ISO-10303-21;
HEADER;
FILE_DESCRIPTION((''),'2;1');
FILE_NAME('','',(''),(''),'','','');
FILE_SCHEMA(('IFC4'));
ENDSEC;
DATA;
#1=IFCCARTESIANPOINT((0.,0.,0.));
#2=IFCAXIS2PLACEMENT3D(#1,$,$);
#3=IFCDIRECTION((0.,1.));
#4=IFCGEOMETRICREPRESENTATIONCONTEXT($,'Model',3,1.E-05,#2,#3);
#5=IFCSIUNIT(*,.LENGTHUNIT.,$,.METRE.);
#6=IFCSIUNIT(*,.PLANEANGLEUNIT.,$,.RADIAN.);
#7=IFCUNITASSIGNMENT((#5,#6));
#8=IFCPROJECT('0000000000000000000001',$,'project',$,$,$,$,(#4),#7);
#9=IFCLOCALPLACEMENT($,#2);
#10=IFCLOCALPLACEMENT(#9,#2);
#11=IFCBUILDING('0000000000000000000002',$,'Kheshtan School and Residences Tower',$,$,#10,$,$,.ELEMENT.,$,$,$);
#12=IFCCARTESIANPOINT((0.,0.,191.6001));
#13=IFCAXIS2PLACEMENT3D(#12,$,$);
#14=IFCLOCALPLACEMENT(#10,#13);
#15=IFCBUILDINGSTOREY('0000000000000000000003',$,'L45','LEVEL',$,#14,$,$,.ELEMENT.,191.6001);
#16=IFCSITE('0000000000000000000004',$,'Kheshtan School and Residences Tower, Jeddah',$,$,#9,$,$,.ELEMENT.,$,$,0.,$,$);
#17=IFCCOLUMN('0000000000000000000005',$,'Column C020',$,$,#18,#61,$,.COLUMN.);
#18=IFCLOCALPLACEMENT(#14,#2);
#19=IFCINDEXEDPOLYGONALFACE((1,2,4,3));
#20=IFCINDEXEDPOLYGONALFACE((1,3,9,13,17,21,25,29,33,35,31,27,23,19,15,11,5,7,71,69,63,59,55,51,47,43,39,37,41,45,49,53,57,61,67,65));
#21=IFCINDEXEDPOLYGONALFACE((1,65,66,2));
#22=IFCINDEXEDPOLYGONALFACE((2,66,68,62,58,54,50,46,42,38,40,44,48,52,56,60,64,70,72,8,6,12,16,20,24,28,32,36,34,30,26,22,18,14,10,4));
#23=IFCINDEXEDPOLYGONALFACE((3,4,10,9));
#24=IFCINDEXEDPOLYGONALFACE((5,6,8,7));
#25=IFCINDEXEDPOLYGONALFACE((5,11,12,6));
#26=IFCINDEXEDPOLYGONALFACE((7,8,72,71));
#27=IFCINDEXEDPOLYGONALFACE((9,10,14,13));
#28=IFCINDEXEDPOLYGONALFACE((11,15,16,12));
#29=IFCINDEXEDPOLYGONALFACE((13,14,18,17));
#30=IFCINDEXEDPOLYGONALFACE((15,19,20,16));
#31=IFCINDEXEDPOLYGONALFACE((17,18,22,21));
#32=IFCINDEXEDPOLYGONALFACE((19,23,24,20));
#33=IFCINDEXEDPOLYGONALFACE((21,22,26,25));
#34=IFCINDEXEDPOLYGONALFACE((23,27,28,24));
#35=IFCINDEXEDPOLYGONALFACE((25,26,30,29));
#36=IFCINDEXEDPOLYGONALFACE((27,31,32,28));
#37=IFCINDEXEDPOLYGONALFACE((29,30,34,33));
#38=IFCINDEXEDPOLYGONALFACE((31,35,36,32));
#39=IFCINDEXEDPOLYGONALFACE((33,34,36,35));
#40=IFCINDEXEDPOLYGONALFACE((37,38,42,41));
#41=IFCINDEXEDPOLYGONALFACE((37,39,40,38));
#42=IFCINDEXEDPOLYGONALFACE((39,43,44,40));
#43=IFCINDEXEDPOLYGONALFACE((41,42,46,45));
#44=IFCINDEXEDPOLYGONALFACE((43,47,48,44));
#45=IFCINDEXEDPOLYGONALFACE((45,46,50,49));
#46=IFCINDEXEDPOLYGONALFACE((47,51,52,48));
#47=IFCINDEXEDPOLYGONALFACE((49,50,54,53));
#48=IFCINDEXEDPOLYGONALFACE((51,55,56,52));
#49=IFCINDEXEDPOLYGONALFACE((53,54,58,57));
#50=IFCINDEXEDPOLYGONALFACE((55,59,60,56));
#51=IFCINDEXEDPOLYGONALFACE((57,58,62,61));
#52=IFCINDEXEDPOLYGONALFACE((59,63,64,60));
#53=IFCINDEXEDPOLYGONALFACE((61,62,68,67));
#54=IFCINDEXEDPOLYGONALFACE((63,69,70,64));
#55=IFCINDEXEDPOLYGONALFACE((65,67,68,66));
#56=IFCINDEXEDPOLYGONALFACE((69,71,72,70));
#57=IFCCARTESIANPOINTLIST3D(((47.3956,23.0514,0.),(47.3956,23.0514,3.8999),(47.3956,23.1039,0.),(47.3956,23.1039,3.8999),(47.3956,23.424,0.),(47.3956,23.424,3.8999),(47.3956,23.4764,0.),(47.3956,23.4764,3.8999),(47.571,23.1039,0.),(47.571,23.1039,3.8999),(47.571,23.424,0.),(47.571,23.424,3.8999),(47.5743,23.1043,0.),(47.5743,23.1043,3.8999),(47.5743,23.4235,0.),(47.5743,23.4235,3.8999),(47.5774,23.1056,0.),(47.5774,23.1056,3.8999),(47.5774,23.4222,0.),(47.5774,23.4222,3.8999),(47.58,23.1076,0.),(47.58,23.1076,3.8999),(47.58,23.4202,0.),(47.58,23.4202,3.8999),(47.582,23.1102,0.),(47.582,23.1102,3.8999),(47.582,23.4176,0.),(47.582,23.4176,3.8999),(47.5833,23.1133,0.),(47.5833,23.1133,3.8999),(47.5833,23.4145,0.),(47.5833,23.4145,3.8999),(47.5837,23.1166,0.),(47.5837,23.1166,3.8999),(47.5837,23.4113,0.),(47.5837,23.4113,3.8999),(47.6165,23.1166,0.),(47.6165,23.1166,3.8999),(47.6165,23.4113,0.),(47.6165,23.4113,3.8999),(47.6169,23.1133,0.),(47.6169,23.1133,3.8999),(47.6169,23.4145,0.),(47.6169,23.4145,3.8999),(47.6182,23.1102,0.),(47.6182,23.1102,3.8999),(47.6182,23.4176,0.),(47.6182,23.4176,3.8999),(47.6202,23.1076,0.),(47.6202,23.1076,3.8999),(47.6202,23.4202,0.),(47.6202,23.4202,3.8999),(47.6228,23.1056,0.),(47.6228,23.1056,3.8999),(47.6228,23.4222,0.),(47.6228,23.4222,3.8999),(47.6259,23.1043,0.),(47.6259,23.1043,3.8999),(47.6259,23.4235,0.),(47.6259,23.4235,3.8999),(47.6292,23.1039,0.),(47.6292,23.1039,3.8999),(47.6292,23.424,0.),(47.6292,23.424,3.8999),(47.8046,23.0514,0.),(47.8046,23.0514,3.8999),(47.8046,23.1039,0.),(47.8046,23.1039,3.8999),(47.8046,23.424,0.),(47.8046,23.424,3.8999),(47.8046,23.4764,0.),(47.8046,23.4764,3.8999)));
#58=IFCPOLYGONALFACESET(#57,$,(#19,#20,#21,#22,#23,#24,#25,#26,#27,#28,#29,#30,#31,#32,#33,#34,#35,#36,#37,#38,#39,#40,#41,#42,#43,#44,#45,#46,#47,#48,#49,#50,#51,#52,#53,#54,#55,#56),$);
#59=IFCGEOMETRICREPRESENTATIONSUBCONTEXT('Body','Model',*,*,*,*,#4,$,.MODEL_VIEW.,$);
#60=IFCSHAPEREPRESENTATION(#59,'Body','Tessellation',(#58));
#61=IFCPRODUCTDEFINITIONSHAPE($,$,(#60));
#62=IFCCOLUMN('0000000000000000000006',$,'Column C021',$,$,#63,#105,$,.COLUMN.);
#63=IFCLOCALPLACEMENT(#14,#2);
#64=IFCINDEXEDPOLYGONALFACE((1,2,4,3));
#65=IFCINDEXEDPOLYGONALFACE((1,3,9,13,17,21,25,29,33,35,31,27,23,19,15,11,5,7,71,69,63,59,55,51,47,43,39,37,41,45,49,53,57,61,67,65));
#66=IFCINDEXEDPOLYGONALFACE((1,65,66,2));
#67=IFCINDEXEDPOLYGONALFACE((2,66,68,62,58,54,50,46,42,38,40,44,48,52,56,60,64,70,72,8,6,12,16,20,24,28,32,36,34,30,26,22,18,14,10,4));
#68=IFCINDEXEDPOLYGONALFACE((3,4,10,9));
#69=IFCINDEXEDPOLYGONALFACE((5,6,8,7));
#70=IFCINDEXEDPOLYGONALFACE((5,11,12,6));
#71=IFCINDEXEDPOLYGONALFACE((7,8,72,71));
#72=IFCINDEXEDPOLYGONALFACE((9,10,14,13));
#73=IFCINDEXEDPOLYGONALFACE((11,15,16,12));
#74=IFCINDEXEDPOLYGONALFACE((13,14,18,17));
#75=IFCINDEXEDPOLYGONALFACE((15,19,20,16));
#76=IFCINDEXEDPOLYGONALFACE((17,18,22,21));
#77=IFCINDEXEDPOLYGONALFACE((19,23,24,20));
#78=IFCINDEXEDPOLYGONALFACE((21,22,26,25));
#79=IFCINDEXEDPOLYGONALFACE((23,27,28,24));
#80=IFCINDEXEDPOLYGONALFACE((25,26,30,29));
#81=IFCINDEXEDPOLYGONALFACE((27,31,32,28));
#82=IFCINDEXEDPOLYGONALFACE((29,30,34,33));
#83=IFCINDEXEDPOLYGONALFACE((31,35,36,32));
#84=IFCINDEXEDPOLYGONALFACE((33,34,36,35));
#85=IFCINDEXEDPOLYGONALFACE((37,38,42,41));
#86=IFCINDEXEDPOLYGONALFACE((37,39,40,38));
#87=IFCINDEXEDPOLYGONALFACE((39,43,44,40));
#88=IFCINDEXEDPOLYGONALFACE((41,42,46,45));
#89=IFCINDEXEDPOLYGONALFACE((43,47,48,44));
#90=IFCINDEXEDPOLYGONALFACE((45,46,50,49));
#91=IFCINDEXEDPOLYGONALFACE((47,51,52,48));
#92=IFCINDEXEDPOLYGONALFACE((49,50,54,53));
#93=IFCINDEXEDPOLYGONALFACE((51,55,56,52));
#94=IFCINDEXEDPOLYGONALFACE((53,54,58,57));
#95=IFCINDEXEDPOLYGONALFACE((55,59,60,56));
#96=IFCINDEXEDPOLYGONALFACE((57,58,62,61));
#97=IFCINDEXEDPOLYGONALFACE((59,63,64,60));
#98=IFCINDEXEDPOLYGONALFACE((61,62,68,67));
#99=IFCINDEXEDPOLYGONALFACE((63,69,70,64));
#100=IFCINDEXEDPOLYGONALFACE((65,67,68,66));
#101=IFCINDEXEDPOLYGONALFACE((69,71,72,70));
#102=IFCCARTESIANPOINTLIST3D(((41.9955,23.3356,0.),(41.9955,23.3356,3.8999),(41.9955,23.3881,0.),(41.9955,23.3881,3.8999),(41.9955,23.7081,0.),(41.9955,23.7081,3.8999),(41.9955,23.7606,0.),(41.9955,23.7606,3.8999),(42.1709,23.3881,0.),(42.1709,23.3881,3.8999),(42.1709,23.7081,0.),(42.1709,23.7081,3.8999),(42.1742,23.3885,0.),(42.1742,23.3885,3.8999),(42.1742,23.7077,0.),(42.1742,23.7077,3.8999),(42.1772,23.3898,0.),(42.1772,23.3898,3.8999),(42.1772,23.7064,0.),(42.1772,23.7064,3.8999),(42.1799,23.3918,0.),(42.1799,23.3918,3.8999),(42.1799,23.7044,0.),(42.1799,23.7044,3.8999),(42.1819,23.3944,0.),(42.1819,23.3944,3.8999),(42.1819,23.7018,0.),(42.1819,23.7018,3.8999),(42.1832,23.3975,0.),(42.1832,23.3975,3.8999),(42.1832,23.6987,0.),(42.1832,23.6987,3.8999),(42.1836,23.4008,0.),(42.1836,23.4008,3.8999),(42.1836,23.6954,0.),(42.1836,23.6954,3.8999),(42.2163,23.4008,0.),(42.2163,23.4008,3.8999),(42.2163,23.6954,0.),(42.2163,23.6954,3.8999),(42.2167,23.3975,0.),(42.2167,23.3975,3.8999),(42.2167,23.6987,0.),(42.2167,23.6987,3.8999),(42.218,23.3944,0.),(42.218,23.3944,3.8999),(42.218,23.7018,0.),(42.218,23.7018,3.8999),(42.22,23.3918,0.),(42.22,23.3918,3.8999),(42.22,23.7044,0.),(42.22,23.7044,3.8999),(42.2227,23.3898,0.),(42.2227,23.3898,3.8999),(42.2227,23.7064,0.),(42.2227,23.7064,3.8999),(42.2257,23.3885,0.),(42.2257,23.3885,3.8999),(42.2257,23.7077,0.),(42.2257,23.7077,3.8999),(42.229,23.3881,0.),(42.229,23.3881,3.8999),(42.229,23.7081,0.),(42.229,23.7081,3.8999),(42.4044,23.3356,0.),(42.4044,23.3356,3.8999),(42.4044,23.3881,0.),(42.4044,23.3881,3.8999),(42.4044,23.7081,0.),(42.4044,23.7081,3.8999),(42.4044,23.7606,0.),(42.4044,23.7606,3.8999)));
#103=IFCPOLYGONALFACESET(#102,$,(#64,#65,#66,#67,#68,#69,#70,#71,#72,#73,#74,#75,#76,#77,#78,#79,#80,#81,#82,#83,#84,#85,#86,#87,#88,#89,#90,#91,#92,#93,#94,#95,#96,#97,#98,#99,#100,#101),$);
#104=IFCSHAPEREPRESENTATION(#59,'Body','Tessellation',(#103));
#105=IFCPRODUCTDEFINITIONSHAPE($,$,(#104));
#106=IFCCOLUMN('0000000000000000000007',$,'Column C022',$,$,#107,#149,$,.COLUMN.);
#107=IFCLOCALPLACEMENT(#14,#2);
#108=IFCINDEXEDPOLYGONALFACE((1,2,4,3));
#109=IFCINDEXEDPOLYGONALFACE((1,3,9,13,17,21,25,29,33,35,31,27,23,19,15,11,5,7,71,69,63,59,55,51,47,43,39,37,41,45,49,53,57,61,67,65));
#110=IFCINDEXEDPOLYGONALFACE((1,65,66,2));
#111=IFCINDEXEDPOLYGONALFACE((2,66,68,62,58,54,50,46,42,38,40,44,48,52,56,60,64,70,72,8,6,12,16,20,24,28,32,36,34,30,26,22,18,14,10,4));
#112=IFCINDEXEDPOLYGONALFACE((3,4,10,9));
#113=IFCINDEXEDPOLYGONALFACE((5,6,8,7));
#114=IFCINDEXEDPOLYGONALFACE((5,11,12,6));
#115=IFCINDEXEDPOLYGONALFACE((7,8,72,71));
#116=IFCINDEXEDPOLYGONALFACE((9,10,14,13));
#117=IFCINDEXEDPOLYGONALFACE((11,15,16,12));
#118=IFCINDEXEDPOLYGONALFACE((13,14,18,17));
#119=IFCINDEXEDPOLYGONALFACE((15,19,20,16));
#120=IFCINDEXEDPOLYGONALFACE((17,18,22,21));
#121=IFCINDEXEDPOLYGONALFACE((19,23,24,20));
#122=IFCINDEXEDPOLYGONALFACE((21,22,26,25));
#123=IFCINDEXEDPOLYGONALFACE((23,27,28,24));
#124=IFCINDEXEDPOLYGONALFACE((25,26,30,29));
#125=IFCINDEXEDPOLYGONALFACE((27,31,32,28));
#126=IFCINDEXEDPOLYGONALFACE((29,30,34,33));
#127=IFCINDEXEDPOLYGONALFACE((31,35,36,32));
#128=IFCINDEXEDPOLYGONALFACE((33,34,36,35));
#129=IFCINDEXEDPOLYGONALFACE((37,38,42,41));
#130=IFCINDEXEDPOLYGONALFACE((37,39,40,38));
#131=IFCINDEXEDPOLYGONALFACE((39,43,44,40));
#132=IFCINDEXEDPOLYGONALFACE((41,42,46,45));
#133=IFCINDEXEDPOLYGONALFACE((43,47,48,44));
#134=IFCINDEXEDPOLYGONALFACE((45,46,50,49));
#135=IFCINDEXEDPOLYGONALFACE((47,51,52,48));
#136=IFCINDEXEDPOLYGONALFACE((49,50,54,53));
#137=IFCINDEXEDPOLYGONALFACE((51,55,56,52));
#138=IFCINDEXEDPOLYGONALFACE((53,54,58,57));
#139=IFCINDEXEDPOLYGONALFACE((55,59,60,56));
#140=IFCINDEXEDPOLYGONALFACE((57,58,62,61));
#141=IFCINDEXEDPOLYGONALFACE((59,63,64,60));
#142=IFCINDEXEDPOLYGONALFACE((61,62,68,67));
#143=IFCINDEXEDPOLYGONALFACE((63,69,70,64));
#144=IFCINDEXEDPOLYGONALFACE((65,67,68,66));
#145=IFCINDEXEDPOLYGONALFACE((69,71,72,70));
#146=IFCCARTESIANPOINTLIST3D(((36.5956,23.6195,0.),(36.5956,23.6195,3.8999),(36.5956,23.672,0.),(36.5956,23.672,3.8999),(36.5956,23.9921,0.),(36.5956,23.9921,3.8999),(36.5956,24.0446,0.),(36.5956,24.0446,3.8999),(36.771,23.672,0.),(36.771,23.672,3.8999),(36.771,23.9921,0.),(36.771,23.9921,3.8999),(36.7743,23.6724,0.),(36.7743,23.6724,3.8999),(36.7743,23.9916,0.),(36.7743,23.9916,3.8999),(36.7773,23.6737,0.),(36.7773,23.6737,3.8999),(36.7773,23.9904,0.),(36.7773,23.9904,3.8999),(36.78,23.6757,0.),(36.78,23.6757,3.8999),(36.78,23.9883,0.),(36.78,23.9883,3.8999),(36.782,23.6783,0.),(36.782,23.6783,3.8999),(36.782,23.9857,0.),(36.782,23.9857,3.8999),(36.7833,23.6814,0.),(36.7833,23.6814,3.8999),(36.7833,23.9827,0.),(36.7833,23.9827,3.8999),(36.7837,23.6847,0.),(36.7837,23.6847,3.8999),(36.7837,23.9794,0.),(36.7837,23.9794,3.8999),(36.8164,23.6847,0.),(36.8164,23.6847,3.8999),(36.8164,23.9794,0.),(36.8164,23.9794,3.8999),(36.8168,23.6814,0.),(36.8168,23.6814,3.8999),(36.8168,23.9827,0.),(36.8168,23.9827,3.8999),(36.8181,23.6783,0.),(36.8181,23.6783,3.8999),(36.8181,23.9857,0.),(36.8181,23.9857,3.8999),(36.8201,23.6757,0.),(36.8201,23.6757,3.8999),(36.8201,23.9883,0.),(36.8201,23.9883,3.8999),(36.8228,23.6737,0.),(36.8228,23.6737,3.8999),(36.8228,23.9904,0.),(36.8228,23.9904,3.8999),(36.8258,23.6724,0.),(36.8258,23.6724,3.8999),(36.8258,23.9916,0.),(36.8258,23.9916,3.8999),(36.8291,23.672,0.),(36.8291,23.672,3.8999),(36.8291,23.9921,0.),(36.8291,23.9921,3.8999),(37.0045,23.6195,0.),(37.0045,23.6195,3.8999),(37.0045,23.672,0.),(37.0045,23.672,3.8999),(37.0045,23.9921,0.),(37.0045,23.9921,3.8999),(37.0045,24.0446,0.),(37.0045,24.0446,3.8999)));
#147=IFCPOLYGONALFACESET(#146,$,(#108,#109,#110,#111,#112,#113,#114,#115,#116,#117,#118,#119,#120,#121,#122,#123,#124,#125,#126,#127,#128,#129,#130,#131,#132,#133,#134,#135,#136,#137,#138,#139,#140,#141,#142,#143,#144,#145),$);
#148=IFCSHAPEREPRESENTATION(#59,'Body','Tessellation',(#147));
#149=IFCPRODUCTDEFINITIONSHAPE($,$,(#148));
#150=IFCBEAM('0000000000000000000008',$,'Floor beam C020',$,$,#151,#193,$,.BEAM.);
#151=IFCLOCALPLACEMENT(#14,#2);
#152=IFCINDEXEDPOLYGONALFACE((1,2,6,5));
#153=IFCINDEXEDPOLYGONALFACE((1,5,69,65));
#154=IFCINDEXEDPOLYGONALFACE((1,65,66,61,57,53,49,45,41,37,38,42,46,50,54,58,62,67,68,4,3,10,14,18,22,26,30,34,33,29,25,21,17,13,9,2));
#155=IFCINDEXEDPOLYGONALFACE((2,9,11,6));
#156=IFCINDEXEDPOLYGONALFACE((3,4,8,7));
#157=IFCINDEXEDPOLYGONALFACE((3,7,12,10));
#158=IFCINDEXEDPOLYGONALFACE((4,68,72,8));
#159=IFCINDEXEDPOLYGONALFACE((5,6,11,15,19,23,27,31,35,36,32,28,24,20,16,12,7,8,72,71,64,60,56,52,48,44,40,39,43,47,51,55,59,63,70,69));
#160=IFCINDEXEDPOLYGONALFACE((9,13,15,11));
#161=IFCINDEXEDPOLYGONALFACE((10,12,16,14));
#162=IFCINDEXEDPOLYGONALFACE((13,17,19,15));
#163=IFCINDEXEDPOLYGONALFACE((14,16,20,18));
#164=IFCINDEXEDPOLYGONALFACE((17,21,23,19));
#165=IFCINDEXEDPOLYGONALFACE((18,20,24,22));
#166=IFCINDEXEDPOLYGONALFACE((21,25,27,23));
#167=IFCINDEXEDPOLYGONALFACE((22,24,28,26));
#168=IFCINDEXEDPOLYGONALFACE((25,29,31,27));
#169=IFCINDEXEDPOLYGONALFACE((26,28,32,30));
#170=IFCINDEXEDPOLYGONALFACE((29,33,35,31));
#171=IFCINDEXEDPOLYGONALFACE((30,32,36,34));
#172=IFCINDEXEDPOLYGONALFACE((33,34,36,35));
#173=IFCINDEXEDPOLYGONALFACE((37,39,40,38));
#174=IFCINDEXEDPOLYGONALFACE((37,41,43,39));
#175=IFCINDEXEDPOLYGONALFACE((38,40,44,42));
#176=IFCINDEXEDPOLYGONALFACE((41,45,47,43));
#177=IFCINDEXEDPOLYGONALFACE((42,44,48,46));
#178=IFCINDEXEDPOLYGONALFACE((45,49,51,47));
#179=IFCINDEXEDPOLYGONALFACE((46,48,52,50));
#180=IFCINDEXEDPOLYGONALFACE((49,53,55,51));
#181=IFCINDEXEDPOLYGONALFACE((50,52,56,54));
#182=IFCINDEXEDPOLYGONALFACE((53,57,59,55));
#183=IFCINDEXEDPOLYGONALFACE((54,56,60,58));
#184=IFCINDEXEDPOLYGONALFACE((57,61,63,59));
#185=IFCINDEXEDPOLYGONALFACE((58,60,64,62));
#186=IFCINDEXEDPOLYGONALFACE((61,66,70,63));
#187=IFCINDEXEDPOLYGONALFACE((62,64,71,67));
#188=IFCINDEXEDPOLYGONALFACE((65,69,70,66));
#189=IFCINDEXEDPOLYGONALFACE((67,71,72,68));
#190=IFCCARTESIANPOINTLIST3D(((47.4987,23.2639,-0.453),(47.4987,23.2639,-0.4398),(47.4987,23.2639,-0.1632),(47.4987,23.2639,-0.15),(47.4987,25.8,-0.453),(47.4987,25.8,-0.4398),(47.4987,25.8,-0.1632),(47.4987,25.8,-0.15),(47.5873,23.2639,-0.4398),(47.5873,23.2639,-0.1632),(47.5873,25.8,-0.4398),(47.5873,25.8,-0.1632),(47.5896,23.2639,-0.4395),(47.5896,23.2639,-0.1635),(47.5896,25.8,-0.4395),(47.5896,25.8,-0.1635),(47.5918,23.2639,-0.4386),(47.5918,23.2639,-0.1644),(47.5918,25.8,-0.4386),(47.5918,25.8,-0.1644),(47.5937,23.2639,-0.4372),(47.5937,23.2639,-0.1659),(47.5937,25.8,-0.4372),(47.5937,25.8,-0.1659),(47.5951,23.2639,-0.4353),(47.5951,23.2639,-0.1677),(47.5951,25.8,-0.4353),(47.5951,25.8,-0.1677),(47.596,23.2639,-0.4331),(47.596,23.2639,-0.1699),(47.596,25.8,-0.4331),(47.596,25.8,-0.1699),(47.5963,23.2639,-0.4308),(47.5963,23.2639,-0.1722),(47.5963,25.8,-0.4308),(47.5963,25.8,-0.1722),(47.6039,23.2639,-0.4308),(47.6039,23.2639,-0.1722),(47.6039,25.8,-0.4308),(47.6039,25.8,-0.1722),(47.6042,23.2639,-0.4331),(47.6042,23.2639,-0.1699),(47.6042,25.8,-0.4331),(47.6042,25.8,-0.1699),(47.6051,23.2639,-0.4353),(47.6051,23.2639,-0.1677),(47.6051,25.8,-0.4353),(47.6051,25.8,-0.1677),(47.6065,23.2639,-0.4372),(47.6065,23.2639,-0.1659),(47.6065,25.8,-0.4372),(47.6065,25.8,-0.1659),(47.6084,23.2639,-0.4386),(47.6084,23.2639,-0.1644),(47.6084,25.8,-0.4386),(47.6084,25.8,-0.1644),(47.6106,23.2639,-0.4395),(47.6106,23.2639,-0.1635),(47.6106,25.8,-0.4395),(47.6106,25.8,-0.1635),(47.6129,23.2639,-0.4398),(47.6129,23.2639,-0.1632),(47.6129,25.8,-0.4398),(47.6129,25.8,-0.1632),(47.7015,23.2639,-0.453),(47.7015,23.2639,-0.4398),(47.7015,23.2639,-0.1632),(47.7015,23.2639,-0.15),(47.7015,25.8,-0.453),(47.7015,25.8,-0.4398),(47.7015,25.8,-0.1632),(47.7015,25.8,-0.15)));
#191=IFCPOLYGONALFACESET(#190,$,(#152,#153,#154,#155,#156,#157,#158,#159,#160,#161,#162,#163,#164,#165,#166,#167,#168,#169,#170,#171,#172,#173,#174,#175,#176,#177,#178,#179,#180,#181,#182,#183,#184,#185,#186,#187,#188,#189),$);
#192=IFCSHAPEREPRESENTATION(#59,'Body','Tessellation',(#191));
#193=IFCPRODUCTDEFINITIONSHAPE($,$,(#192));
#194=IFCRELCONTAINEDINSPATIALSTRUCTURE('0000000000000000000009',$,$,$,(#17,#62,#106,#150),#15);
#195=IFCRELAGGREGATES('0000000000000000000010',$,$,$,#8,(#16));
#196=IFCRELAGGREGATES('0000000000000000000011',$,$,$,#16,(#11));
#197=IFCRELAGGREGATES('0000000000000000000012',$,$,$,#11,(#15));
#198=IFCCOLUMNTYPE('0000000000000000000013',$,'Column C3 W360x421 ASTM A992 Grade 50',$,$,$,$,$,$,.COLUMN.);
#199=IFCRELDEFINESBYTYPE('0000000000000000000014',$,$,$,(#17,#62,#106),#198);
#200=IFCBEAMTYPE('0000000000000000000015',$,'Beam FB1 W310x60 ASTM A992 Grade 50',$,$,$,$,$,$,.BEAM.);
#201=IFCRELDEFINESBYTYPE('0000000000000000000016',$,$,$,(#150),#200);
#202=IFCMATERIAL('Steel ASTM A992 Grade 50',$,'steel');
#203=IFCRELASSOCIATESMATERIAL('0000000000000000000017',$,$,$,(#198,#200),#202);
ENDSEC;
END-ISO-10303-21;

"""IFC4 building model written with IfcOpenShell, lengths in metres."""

from ifc_helpers import new_model, si_unit, direction, frame, origin, origin_2d, place, context, subcontext, project, spatial, i_section, extrude, material, material_profile, profile_set, type_object, element, save


model = new_model("IFC4")

# Units and contexts
model_context = context("Model", 3, precision=1e-05, world=origin(), true_north=direction((0.0, 1.0)))
body_context = subcontext(model_context, "Body", "Model", "MODEL_VIEW")
ifc_project = project(units=[si_unit("LENGTHUNIT", "METRE"), si_unit("PLANEANGLEUNIT", "RADIAN")], contexts=[model_context])

# Site, building, storey
site_placement = place(None, origin())
site = spatial("IfcSite", under=ifc_project, at=site_placement, Name="Kheshtan School and Residences Tower, Jeddah", CompositionType="ELEMENT", RefElevation=0.0)
building_placement = place(site_placement, origin())
building = spatial("IfcBuilding", under=site, at=building_placement, Name="Kheshtan School and Residences Tower", CompositionType="ELEMENT")
storey_placement = place(building_placement, frame((0.0, 0.0, 191.6001)))
storey = spatial("IfcBuildingStorey", under=building, at=storey_placement, Name="L45", Description="LEVEL", CompositionType="ELEMENT", Elevation=191.6001)

# Columns
ifc_material_1 = material(Name="Steel ASTM A992 Grade 50", Category="steel")
ifc_material_profile_1 = material_profile(ifc_material_1, i_section(OverallWidth=0.4089, OverallDepth=0.425, WebThickness=0.0327, FlangeThickness=0.0525, FilletRadius=0.0127, at=origin_2d()), Name="W360x421")
ifc_profile_set_1 = profile_set([ifc_material_profile_1], Name="Steel ASTM A992 Grade 50")
column_type = type_object("IfcColumnType", Name="Column C3 W360x421 ASTM A992 Grade 50", PredefinedType="COLUMN", material=ifc_profile_set_1)
for number, where, z_axis, x_axis, name in (
    (1, (47.6001, 23.2639, 0.0), (0.0, 0.0, 1.0), (1.0, 0.0, 0.0), "Column C020"),
    (2, (42.2, 23.5481, 0.0), (0.0, 0.0, 1.0), (1.0, 0.0, 0.0), "Column C021"),
    (3, (36.8, 23.832, 0.0), (0.0, 0.0, 1.0), (1.0, 0.0, 0.0), "Column C022"),
):
    element("IfcColumn", number, at=place(storey_placement, frame(where, z_axis=z_axis, x_axis=x_axis)), inside=storey, type_object=column_type, Name=name, PredefinedType="COLUMN", context=body_context, shape_type="SweptSolid", body=[
        extrude(i_section(OverallWidth=0.4089, OverallDepth=0.425, WebThickness=0.0327, FlangeThickness=0.0525, FilletRadius=0.0127, at=origin_2d()), origin(), (0.0, 0.0, 1.0), 3.8999),
    ])

# Beam
ifc_material_profile_2 = material_profile(ifc_material_1, i_section(OverallWidth=0.2029, OverallDepth=0.303, WebThickness=0.0076, FlangeThickness=0.0132, FilletRadius=0.009, at=origin_2d()), Name="W310x60")
ifc_profile_set_2 = profile_set([ifc_material_profile_2], Name="Steel ASTM A992 Grade 50")
beam_type_1 = type_object("IfcBeamType", Name="Beam FB1 W310x60 ASTM A992 Grade 50", PredefinedType="BEAM", material=ifc_profile_set_2)
beam_1_placement = place(storey_placement, frame((47.6001, 23.2639, -0.3015), z_axis=(0.0, 1.0, 0.0), x_axis=(-1.0, 0.0, 0.0)))
element("IfcBeam", 4, at=beam_1_placement, inside=storey, type_object=beam_type_1, Name="Floor beam C020", PredefinedType="BEAM", context=body_context, shape_type="SweptSolid", body=[
    extrude(i_section(OverallWidth=0.2029, OverallDepth=0.303, WebThickness=0.0076, FlangeThickness=0.0132, FilletRadius=0.009, at=origin_2d()), origin(), (0.0, 0.0, 1.0), 2.5361),
])

save(model, "model.ifc")
